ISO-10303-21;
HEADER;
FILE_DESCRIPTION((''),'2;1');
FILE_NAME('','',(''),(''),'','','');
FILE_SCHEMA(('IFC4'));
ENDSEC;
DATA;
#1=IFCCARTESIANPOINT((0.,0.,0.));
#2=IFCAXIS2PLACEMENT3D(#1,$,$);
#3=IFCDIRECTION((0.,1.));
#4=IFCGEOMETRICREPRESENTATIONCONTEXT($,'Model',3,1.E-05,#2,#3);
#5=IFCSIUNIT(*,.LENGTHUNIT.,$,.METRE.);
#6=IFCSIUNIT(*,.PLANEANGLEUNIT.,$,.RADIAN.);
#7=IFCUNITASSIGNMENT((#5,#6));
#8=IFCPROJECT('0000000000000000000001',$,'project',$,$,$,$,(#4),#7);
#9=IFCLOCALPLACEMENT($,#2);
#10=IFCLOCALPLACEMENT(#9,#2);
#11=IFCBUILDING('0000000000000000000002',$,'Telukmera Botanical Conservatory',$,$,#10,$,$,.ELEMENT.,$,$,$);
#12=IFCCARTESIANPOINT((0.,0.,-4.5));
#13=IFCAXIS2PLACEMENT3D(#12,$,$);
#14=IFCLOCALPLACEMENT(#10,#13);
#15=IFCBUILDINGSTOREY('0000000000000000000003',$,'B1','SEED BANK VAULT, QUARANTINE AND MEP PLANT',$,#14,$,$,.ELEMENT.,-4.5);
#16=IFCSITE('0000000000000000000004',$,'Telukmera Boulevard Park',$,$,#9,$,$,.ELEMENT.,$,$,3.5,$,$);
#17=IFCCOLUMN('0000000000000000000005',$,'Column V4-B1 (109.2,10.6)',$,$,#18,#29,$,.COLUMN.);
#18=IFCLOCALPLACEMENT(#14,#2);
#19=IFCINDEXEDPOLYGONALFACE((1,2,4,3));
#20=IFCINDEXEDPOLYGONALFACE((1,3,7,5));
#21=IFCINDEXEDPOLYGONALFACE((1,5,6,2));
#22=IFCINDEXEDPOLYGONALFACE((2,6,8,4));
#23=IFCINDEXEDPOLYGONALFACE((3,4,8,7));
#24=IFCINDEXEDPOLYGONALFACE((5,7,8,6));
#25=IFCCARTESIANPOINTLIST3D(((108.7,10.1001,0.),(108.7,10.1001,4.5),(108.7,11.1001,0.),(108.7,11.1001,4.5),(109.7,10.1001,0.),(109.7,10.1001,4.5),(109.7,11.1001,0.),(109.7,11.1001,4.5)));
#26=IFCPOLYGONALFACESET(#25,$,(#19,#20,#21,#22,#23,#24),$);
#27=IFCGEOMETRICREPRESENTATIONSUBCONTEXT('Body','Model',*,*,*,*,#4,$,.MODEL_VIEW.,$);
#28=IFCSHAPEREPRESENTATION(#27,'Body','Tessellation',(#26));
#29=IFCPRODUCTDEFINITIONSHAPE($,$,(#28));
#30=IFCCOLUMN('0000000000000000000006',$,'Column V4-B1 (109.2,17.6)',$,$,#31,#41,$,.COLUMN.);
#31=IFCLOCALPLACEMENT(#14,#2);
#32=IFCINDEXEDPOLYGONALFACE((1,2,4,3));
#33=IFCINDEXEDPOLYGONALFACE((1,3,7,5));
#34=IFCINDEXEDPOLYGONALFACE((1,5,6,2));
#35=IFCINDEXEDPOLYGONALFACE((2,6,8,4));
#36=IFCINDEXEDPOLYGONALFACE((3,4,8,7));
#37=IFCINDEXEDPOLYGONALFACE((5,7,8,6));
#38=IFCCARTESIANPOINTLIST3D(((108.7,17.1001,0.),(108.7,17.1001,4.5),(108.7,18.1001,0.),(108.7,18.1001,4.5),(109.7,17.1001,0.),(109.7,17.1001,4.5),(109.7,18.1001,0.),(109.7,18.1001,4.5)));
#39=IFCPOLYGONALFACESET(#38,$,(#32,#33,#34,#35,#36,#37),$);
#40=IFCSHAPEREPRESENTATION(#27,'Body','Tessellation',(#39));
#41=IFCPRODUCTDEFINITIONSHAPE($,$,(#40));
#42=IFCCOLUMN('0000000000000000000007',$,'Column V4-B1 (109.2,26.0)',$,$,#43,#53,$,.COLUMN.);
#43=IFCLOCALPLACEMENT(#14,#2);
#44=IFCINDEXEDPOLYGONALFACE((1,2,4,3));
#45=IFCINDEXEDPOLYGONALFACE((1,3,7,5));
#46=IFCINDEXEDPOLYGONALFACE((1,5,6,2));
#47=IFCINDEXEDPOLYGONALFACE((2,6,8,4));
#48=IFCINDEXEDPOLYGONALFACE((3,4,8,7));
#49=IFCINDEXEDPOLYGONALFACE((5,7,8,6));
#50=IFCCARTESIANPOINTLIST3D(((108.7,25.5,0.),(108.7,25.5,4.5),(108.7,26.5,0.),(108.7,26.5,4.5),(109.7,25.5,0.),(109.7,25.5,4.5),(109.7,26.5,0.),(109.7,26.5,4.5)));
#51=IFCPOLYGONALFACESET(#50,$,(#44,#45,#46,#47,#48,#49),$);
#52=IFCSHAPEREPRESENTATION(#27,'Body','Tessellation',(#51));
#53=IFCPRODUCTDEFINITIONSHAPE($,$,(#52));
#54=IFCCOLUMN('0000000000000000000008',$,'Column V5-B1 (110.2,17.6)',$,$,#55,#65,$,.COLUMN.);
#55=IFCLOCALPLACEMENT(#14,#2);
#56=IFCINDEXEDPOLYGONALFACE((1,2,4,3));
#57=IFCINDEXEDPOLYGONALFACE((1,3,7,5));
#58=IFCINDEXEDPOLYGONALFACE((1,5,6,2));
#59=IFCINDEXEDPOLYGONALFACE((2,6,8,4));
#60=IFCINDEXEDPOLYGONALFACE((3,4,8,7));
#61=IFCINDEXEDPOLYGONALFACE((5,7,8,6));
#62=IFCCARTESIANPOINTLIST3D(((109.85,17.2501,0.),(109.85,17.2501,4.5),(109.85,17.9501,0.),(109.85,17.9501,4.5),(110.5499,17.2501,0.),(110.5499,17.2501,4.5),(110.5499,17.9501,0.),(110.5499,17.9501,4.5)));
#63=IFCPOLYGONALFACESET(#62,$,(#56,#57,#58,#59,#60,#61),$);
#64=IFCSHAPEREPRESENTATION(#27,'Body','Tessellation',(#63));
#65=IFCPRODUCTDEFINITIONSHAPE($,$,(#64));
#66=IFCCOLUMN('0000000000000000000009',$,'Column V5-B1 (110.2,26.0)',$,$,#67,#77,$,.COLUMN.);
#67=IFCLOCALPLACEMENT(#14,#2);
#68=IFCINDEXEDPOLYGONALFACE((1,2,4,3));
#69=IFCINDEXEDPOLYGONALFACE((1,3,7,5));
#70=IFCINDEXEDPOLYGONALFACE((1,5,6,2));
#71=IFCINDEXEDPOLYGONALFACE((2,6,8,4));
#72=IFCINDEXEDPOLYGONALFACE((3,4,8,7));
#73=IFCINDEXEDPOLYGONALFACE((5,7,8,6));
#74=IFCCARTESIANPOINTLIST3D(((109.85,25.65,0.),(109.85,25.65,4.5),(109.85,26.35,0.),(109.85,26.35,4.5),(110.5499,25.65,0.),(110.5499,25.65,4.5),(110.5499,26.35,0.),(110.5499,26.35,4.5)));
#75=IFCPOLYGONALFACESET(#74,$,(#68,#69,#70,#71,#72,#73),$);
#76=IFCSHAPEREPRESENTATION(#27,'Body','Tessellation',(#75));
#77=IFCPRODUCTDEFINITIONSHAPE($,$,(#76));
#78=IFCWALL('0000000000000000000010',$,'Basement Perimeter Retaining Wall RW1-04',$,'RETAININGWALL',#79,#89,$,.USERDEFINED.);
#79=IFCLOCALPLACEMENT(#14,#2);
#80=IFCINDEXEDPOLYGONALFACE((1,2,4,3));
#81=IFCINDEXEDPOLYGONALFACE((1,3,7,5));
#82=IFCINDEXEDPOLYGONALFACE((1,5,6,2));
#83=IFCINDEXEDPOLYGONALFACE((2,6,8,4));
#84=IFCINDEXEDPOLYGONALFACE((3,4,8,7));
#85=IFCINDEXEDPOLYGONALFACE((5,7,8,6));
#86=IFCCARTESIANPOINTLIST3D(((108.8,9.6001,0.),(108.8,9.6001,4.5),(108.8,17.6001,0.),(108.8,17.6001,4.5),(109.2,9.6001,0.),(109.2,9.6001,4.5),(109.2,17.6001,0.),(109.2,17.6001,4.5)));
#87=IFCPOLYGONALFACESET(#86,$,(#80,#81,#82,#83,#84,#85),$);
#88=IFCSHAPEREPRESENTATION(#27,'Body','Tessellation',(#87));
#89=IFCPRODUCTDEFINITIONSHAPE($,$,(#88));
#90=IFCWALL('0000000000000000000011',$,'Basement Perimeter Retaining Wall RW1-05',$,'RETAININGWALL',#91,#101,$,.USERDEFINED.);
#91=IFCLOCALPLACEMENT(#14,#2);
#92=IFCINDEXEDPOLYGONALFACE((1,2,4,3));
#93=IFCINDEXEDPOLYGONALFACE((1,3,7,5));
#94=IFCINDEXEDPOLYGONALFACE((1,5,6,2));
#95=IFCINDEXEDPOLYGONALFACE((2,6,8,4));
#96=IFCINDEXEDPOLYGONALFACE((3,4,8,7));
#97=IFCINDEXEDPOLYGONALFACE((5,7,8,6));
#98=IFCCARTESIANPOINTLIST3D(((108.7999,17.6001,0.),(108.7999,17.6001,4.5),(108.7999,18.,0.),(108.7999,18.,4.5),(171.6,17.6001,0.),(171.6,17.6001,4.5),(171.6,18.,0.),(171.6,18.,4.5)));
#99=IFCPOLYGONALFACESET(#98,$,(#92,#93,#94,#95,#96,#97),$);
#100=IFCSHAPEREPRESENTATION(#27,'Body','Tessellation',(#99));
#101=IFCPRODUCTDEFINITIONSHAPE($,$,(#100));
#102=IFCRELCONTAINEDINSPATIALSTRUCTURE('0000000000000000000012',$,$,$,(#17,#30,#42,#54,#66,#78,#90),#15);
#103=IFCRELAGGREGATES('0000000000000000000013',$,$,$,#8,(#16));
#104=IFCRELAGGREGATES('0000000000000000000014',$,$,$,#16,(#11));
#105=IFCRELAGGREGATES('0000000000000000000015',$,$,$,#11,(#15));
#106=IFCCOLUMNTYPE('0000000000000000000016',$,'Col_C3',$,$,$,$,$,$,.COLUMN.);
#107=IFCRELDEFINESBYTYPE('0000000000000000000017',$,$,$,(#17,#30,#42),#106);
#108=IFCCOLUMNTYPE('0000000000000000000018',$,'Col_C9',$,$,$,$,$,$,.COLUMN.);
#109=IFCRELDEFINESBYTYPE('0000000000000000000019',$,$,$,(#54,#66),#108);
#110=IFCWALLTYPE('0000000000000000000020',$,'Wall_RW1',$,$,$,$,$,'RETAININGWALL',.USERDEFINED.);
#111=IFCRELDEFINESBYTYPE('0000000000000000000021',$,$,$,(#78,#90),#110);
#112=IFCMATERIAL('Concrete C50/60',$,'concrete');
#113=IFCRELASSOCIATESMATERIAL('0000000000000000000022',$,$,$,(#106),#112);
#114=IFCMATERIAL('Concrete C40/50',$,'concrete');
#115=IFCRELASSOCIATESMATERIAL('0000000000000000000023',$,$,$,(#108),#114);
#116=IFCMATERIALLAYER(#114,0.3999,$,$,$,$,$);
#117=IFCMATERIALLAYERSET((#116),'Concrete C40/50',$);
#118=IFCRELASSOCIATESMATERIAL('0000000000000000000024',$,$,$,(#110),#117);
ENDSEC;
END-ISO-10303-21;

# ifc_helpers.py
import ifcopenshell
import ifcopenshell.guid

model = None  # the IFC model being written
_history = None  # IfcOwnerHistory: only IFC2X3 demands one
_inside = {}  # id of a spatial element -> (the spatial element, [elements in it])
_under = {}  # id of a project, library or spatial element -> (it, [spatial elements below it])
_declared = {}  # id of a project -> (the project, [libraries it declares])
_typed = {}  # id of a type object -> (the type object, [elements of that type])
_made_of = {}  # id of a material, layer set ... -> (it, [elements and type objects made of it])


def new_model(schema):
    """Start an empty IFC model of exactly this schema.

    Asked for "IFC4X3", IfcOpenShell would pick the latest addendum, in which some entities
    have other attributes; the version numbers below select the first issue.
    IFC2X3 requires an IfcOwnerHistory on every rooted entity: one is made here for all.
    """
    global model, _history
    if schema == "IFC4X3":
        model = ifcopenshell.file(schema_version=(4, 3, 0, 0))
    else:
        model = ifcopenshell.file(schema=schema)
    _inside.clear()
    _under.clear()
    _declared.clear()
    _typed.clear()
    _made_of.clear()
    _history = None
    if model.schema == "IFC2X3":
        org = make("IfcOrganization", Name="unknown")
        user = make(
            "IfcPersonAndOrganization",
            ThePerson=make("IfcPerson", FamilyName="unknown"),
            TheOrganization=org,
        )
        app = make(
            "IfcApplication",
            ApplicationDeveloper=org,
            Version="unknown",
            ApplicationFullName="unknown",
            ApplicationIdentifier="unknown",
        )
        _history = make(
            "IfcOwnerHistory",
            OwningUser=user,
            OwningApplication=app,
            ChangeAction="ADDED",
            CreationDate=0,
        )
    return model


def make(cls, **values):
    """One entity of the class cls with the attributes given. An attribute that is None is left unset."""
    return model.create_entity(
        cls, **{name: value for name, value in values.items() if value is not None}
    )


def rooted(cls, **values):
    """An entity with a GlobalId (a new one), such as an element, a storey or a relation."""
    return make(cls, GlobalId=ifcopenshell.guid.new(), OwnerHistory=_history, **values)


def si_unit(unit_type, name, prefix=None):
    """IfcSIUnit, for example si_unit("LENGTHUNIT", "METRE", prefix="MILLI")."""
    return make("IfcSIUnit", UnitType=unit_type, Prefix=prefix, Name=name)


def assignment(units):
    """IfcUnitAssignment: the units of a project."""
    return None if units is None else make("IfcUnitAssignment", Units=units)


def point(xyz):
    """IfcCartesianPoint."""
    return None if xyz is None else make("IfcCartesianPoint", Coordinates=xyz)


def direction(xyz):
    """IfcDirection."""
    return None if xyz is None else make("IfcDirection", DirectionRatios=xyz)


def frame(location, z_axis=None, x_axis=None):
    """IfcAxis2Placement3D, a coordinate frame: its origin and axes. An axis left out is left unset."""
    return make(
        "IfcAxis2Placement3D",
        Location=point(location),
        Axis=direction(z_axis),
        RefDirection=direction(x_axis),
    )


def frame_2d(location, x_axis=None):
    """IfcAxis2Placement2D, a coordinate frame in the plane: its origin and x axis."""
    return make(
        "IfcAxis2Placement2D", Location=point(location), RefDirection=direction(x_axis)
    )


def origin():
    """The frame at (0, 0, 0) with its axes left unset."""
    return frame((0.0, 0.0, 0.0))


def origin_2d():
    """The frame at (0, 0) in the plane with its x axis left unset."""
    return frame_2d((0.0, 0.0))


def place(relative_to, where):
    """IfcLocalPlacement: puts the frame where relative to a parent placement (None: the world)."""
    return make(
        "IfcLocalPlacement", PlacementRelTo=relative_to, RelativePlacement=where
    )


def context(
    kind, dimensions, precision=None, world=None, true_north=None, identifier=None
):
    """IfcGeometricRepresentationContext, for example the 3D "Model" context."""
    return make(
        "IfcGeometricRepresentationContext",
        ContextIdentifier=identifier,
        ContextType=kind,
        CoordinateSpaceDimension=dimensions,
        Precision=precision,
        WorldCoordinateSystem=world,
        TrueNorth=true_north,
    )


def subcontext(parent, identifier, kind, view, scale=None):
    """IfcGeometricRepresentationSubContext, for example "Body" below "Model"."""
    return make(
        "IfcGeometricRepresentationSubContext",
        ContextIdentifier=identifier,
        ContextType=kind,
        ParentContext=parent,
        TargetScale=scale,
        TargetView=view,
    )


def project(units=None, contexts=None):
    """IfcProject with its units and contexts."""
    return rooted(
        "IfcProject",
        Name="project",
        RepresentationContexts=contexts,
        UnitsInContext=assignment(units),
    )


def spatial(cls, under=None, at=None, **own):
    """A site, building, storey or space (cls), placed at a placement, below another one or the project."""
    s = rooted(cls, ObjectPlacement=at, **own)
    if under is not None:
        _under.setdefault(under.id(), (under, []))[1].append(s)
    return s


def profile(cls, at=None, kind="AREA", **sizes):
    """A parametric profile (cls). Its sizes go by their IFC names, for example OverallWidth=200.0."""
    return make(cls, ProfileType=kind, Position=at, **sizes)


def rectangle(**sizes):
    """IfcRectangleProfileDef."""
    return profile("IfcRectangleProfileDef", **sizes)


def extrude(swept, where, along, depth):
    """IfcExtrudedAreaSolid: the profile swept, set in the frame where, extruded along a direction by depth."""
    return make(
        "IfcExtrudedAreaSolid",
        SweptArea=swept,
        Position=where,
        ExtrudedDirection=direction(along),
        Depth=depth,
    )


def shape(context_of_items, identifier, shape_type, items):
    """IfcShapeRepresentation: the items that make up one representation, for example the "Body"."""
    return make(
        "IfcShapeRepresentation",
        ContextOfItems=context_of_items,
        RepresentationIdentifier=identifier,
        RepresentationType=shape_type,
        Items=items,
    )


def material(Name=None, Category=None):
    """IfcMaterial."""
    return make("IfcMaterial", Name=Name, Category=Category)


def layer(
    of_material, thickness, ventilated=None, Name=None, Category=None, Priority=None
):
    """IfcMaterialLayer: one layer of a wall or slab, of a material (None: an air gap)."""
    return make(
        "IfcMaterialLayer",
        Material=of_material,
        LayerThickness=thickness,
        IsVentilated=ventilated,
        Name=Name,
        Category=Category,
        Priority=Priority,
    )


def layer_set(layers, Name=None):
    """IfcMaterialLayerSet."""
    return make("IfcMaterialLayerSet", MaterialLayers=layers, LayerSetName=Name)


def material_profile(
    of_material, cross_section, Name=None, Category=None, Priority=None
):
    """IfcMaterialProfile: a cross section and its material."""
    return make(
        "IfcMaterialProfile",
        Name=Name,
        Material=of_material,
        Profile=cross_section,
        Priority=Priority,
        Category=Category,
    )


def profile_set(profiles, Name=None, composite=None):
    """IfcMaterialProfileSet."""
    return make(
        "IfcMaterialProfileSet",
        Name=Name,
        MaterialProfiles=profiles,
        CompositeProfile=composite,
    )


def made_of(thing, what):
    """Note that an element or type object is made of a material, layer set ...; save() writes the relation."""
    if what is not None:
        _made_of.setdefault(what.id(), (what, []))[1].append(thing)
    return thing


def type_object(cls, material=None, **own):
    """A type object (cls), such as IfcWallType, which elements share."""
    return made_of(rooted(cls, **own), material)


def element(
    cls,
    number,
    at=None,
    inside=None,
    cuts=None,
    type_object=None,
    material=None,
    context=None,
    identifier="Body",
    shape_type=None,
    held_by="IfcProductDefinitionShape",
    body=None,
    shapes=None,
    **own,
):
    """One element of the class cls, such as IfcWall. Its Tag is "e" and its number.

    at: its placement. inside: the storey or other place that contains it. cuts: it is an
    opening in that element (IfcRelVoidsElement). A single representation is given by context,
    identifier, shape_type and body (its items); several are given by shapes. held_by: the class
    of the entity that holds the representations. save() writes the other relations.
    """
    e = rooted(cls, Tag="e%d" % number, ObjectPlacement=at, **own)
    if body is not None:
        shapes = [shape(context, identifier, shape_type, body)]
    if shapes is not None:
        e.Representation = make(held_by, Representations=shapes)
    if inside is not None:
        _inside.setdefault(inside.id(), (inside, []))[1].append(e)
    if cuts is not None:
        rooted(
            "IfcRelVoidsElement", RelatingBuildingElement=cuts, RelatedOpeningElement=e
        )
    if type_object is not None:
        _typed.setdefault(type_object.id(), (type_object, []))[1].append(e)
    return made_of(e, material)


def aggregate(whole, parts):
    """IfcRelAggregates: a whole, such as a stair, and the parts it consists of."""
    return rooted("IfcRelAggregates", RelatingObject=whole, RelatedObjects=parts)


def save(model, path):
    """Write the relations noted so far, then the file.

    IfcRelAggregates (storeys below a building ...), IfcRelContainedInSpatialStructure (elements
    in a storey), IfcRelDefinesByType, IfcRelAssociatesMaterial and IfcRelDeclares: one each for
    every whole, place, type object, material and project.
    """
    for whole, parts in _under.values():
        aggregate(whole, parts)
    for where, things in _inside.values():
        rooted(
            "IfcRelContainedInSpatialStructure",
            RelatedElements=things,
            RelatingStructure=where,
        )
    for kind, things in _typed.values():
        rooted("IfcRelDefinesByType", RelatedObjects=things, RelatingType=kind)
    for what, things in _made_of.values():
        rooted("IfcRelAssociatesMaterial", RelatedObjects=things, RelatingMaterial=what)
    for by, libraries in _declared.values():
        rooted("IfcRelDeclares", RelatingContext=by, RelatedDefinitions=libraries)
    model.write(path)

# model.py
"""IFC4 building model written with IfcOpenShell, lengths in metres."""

from ifc_helpers import new_model, si_unit, direction, frame, frame_2d, origin, origin_2d, place, context, subcontext, project, spatial, rectangle, extrude, material, layer, layer_set, material_profile, profile_set, type_object, element, save


model = new_model("IFC4")

# Units and contexts
model_context = context("Model", 3, precision=1e-05, world=origin(), true_north=direction((0.0, 1.0)))
body_context = subcontext(model_context, "Body", "Model", "MODEL_VIEW")
ifc_project = project(units=[si_unit("LENGTHUNIT", "METRE"), si_unit("PLANEANGLEUNIT", "RADIAN")], contexts=[model_context])

# Site, building, storey
site_placement = place(None, origin())
site = spatial("IfcSite", under=ifc_project, at=site_placement, Name="Telukmera Boulevard Park", CompositionType="ELEMENT", RefElevation=3.5)
building_placement = place(site_placement, origin())
building = spatial("IfcBuilding", under=site, at=building_placement, Name="Telukmera Botanical Conservatory", CompositionType="ELEMENT")
storey_placement = place(building_placement, frame((0.0, 0.0, -4.5)))
storey = spatial("IfcBuildingStorey", under=building, at=storey_placement, Name="B1", Description="SEED BANK VAULT, QUARANTINE AND MEP PLANT", CompositionType="ELEMENT", Elevation=-4.5)

# Shared definitions
ifc_material_1 = material(Name="Concrete C50/60", Category="concrete")
ifc_material_2 = material(Name="Concrete C40/50", Category="concrete")

# Columns
ifc_material_profile_1 = material_profile(ifc_material_1, rectangle(XDim=1.0, YDim=1.0, at=origin_2d()), Name="RC 1000x1000")
ifc_profile_set_1 = profile_set([ifc_material_profile_1], Name="Concrete C50/60")
column_type_1 = type_object("IfcColumnType", Name="Col_C3", PredefinedType="COLUMN", material=ifc_profile_set_1)
for number, where, z_axis, x_axis, name in (
    (1, (109.2, 10.6001, 0.0), (0.0, 0.0, 1.0), (1.0, 0.0, 0.0), "Column V4-B1 (109.2,10.6)"),
    (2, (109.2, 17.6001, 0.0), (0.0, 0.0, 1.0), (1.0, 0.0, 0.0), "Column V4-B1 (109.2,17.6)"),
    (3, (109.2, 26.0, 0.0), (0.0, 0.0, 1.0), (1.0, 0.0, 0.0), "Column V4-B1 (109.2,26.0)"),
):
    element("IfcColumn", number, at=place(storey_placement, frame(where, z_axis=z_axis, x_axis=x_axis)), inside=storey, type_object=column_type_1, Name=name, PredefinedType="COLUMN", context=body_context, shape_type="SweptSolid", body=[
        extrude(rectangle(XDim=1.0, YDim=1.0, at=origin_2d()), origin(), (0.0, 0.0, 1.0), 4.5),
    ])
ifc_material_profile_2 = material_profile(ifc_material_2, rectangle(XDim=0.7, YDim=0.7, at=origin_2d()), Name="RC 700x700")
ifc_profile_set_2 = profile_set([ifc_material_profile_2], Name="Concrete C40/50")
column_type_2 = type_object("IfcColumnType", Name="Col_C9", PredefinedType="COLUMN", material=ifc_profile_set_2)
for number, where, z_axis, x_axis, name in (
    (4, (110.2, 17.6001, 0.0), (0.0, 0.0, 1.0), (1.0, 0.0, 0.0), "Column V5-B1 (110.2,17.6)"),
    (5, (110.2, 26.0, 0.0), (0.0, 0.0, 1.0), (1.0, 0.0, 0.0), "Column V5-B1 (110.2,26.0)"),
):
    element("IfcColumn", number, at=place(storey_placement, frame(where, z_axis=z_axis, x_axis=x_axis)), inside=storey, type_object=column_type_2, Name=name, PredefinedType="COLUMN", context=body_context, shape_type="SweptSolid", body=[
        extrude(rectangle(XDim=0.7, YDim=0.7, at=origin_2d()), origin(), (0.0, 0.0, 1.0), 4.5),
    ])

# Walls
ifc_layer = layer(ifc_material_2, 0.3999)
ifc_layer_set = layer_set([ifc_layer], Name="Concrete C40/50")
wall_type = type_object("IfcWallType", Name="Wall_RW1", ElementType="RETAININGWALL", PredefinedType="USERDEFINED", material=ifc_layer_set)
wall_1_placement = place(storey_placement, frame((109.0, 9.6001, 0.0), z_axis=(0.0, 0.0, 1.0), x_axis=(0.0, 1.0, 0.0)))
element("IfcWall", 6, at=wall_1_placement, inside=storey, type_object=wall_type, Name="Basement Perimeter Retaining Wall RW1-04", ObjectType="RETAININGWALL", PredefinedType="USERDEFINED", context=body_context, shape_type="SweptSolid", body=[
    extrude(rectangle(XDim=8.0, YDim=0.3999, at=frame_2d((4.0, 0.0))), origin(), (0.0, 0.0, 1.0), 4.5),
])
wall_2_placement = place(storey_placement, frame((108.8, 17.8, 0.0), z_axis=(0.0, 0.0, 1.0), x_axis=(1.0, 0.0, 0.0)))
element("IfcWall", 7, at=wall_2_placement, inside=storey, type_object=wall_type, Name="Basement Perimeter Retaining Wall RW1-05", ObjectType="RETAININGWALL", PredefinedType="USERDEFINED", context=body_context, shape_type="SweptSolid", body=[
    extrude(rectangle(XDim=62.8, YDim=0.3999, at=frame_2d((31.3999, 0.0))), origin(), (0.0, 0.0, 1.0), 4.5),
])

save(model, "model.ifc")
